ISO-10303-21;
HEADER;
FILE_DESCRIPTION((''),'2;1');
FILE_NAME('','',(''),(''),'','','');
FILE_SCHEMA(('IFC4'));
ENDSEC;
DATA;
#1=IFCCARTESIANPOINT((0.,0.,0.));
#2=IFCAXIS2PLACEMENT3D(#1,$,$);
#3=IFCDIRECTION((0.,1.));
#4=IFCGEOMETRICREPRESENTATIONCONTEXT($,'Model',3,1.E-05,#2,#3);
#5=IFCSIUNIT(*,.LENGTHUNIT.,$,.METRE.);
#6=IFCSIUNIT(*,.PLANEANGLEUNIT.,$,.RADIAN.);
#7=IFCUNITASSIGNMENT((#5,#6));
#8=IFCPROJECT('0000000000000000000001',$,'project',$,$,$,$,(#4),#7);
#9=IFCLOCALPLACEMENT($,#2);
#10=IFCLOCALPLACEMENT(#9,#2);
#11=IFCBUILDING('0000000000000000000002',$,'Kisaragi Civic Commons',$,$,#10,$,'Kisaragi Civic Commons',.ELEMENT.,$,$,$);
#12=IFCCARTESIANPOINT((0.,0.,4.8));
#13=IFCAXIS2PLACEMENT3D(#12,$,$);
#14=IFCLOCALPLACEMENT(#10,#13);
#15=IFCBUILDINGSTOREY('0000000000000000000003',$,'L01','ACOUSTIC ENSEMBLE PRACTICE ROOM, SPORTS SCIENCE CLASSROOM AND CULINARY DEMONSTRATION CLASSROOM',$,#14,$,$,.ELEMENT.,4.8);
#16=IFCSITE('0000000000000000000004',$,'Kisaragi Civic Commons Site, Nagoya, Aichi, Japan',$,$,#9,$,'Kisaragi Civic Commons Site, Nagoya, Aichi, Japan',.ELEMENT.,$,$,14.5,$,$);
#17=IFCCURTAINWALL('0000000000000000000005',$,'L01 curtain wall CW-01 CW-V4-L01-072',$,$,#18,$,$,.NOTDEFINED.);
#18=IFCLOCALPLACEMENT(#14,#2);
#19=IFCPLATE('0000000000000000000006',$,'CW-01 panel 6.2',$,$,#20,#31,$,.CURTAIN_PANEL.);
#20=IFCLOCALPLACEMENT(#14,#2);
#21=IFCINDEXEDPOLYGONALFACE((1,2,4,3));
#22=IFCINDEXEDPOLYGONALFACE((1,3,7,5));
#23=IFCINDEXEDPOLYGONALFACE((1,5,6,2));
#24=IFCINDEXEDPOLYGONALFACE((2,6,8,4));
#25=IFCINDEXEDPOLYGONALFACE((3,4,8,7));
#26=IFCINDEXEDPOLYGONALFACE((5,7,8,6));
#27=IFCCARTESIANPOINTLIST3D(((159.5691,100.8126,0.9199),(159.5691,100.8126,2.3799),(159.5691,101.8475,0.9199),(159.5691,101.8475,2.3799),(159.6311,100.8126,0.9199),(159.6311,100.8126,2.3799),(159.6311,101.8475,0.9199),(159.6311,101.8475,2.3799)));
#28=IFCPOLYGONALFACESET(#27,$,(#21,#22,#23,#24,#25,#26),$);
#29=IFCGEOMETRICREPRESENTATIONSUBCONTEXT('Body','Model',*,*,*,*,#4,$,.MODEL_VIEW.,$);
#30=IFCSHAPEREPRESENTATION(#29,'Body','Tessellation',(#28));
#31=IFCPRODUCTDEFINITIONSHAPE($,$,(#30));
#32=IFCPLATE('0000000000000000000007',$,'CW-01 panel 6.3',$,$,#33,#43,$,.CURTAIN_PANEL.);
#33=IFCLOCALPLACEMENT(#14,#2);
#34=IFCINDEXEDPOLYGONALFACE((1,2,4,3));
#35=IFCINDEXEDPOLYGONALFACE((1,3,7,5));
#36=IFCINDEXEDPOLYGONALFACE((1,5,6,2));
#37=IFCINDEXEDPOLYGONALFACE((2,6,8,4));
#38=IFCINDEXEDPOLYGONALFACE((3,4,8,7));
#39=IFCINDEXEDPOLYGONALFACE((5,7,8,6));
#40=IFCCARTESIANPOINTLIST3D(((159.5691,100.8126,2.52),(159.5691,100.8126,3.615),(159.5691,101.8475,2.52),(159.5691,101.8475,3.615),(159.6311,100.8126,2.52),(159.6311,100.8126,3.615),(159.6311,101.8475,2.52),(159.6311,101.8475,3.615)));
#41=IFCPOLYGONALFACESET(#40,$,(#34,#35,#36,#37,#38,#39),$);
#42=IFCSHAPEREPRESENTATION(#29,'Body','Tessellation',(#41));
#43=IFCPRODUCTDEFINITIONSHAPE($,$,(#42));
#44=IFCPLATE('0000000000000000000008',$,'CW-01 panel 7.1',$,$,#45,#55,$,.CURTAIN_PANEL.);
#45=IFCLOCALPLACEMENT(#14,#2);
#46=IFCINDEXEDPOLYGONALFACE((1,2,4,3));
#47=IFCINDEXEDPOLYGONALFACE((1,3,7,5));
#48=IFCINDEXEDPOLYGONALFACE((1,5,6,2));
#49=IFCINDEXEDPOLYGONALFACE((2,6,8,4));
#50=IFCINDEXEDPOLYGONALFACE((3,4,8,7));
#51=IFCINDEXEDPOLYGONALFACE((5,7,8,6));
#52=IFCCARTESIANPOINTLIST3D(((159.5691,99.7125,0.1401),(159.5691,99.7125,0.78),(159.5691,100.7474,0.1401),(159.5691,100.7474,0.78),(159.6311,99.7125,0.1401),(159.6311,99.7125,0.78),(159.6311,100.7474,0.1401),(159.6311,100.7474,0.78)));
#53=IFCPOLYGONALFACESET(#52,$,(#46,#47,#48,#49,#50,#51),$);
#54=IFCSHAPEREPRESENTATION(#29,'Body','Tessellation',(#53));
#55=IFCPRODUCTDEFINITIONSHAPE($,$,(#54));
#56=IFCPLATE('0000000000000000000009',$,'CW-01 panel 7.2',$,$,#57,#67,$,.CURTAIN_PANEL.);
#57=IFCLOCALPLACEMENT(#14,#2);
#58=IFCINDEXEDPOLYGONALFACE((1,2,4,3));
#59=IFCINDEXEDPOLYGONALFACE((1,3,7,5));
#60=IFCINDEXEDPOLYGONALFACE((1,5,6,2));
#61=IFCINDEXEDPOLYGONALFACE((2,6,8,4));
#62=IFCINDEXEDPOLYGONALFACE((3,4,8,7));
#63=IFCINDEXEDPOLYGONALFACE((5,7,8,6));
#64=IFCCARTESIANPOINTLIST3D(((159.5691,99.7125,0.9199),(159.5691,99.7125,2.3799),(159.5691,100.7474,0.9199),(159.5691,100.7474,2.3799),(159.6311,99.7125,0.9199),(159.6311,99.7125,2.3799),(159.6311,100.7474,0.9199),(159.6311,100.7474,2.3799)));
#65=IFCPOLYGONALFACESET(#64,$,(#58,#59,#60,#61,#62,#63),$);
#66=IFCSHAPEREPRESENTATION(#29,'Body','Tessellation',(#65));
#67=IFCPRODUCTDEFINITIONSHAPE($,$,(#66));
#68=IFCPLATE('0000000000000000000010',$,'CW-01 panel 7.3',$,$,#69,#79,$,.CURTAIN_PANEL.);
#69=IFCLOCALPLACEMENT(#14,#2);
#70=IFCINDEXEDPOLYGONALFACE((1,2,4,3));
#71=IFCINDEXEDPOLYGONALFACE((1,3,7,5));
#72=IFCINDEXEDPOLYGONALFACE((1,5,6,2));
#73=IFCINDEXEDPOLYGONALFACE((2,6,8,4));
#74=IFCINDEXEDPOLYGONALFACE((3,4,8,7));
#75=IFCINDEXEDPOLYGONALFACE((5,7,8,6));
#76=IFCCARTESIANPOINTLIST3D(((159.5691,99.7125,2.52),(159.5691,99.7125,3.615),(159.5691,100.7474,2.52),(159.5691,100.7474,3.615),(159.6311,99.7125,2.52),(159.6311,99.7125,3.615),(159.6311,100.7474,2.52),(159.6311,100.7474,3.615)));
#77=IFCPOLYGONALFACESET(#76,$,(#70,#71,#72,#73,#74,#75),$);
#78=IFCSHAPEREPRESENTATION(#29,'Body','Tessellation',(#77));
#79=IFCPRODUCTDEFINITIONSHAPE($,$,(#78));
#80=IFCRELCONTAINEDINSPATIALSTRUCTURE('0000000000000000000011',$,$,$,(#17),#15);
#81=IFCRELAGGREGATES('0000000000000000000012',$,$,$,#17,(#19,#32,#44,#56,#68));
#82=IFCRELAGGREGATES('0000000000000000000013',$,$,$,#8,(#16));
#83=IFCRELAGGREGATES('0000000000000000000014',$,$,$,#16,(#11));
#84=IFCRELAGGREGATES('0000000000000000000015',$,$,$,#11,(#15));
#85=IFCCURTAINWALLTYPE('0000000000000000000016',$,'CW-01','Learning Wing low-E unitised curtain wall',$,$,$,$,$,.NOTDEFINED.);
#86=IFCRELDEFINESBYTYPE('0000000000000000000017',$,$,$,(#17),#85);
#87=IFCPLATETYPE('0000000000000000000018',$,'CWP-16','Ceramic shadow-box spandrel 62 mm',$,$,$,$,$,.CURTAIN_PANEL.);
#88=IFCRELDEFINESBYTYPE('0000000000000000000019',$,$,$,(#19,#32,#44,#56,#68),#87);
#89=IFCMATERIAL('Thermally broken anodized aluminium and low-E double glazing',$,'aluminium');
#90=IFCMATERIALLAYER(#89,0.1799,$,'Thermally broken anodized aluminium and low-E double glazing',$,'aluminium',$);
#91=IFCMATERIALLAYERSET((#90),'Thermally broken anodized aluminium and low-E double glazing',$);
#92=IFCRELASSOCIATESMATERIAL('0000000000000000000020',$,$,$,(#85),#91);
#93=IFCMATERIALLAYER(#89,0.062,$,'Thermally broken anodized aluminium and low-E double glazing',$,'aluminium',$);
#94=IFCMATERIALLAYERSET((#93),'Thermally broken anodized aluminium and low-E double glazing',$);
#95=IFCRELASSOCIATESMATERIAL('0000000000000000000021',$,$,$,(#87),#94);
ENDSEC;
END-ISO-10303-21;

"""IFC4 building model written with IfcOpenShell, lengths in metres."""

from ifc_helpers import new_model, si_unit, direction, frame, origin, origin_2d, place, context, subcontext, project, spatial, rectangle, extrude, material, layer, layer_set, type_object, element, aggregate, save


model = new_model("IFC4")

# Units and contexts
model_context = context("Model", 3, precision=1e-05, world=origin(), true_north=direction((0.0, 1.0)))
body_context = subcontext(model_context, "Body", "Model", "MODEL_VIEW")
ifc_project = project(units=[si_unit("LENGTHUNIT", "METRE"), si_unit("PLANEANGLEUNIT", "RADIAN")], contexts=[model_context])

# Site, building, storey
site_placement = place(None, origin())
site = spatial("IfcSite", under=ifc_project, at=site_placement, Name="Kisaragi Civic Commons Site, Nagoya, Aichi, Japan", LongName="Kisaragi Civic Commons Site, Nagoya, Aichi, Japan", CompositionType="ELEMENT", RefElevation=14.5)
building_placement = place(site_placement, origin())
building = spatial("IfcBuilding", under=site, at=building_placement, Name="Kisaragi Civic Commons", LongName="Kisaragi Civic Commons", CompositionType="ELEMENT")
storey_placement = place(building_placement, frame((0.0, 0.0, 4.8)))
storey = spatial("IfcBuildingStorey", under=building, at=storey_placement, Name="L01", Description="ACOUSTIC ENSEMBLE PRACTICE ROOM, SPORTS SCIENCE CLASSROOM AND CULINARY DEMONSTRATION CLASSROOM", CompositionType="ELEMENT", Elevation=4.8)

# Curtain wall, plates
ifc_material = material(Name="Thermally broken anodized aluminium and low-E double glazing", Category="aluminium")
ifc_layer_1 = layer(ifc_material, 0.1799, Name="Thermally broken anodized aluminium and low-E double glazing", Category="aluminium")
ifc_layer_set_1 = layer_set([ifc_layer_1], Name="Thermally broken anodized aluminium and low-E double glazing")
curtain_wall_type = type_object("IfcCurtainWallType", Name="CW-01", Description="Learning Wing low-E unitised curtain wall", PredefinedType="NOTDEFINED", material=ifc_layer_set_1)
curtain_wall_placement = place(storey_placement, origin())
curtain_wall = element("IfcCurtainWall", 1, at=curtain_wall_placement, inside=storey, type_object=curtain_wall_type, Name="L01 curtain wall CW-01 CW-V4-L01-072", PredefinedType="NOTDEFINED")
ifc_layer_2 = layer(ifc_material, 0.062, Name="Thermally broken anodized aluminium and low-E double glazing", Category="aluminium")
ifc_layer_set_2 = layer_set([ifc_layer_2], Name="Thermally broken anodized aluminium and low-E double glazing")
plate_type = type_object("IfcPlateType", Name="CWP-16", Description="Ceramic shadow-box spandrel 62 mm", PredefinedType="CURTAIN_PANEL", material=ifc_layer_set_2)
plate_1_placement = place(storey_placement, frame((159.6001, 101.3301, 0.9199), z_axis=(0.0, 0.0, 1.0), x_axis=(0.0, -1.0, 0.0)))
plate_1 = element("IfcPlate", 2, at=plate_1_placement, type_object=plate_type, Name="CW-01 panel 6.2", PredefinedType="CURTAIN_PANEL", context=body_context, shape_type="SweptSolid", body=[
    extrude(rectangle(XDim=1.0349, YDim=0.062, at=origin_2d()), origin(), (0.0, 0.0, 1.0), 1.46),
])
plate_2_placement = place(storey_placement, frame((159.6001, 101.3301, 2.52), z_axis=(0.0, 0.0, 1.0), x_axis=(0.0, -1.0, 0.0)))
plate_2 = element("IfcPlate", 3, at=plate_2_placement, type_object=plate_type, Name="CW-01 panel 6.3", PredefinedType="CURTAIN_PANEL", context=body_context, shape_type="SweptSolid", body=[
    extrude(rectangle(XDim=1.0349, YDim=0.062, at=origin_2d()), origin(), (0.0, 0.0, 1.0), 1.095),
])
plate_3_placement = place(storey_placement, frame((159.6001, 100.23, 0.1401), z_axis=(0.0, 0.0, 1.0), x_axis=(0.0, -1.0, 0.0)))
plate_3 = element("IfcPlate", 4, at=plate_3_placement, type_object=plate_type, Name="CW-01 panel 7.1", PredefinedType="CURTAIN_PANEL", context=body_context, shape_type="SweptSolid", body=[
    extrude(rectangle(XDim=1.0349, YDim=0.062, at=origin_2d()), origin(), (0.0, 0.0, 1.0), 0.6399),
])
plate_4_placement = place(storey_placement, frame((159.6001, 100.23, 0.9199), z_axis=(0.0, 0.0, 1.0), x_axis=(0.0, -1.0, 0.0)))
plate_4 = element("IfcPlate", 5, at=plate_4_placement, type_object=plate_type, Name="CW-01 panel 7.2", PredefinedType="CURTAIN_PANEL", context=body_context, shape_type="SweptSolid", body=[
    extrude(rectangle(XDim=1.0349, YDim=0.062, at=origin_2d()), origin(), (0.0, 0.0, 1.0), 1.46),
])
plate_5_placement = place(storey_placement, frame((159.6001, 100.23, 2.52), z_axis=(0.0, 0.0, 1.0), x_axis=(0.0, -1.0, 0.0)))
plate_5 = element("IfcPlate", 6, at=plate_5_placement, type_object=plate_type, Name="CW-01 panel 7.3", PredefinedType="CURTAIN_PANEL", context=body_context, shape_type="SweptSolid", body=[
    extrude(rectangle(XDim=1.0349, YDim=0.062, at=origin_2d()), origin(), (0.0, 0.0, 1.0), 1.095),
])
aggregate(curtain_wall, [plate_1, plate_2, plate_3, plate_4, plate_5])

save(model, "model.ifc")
